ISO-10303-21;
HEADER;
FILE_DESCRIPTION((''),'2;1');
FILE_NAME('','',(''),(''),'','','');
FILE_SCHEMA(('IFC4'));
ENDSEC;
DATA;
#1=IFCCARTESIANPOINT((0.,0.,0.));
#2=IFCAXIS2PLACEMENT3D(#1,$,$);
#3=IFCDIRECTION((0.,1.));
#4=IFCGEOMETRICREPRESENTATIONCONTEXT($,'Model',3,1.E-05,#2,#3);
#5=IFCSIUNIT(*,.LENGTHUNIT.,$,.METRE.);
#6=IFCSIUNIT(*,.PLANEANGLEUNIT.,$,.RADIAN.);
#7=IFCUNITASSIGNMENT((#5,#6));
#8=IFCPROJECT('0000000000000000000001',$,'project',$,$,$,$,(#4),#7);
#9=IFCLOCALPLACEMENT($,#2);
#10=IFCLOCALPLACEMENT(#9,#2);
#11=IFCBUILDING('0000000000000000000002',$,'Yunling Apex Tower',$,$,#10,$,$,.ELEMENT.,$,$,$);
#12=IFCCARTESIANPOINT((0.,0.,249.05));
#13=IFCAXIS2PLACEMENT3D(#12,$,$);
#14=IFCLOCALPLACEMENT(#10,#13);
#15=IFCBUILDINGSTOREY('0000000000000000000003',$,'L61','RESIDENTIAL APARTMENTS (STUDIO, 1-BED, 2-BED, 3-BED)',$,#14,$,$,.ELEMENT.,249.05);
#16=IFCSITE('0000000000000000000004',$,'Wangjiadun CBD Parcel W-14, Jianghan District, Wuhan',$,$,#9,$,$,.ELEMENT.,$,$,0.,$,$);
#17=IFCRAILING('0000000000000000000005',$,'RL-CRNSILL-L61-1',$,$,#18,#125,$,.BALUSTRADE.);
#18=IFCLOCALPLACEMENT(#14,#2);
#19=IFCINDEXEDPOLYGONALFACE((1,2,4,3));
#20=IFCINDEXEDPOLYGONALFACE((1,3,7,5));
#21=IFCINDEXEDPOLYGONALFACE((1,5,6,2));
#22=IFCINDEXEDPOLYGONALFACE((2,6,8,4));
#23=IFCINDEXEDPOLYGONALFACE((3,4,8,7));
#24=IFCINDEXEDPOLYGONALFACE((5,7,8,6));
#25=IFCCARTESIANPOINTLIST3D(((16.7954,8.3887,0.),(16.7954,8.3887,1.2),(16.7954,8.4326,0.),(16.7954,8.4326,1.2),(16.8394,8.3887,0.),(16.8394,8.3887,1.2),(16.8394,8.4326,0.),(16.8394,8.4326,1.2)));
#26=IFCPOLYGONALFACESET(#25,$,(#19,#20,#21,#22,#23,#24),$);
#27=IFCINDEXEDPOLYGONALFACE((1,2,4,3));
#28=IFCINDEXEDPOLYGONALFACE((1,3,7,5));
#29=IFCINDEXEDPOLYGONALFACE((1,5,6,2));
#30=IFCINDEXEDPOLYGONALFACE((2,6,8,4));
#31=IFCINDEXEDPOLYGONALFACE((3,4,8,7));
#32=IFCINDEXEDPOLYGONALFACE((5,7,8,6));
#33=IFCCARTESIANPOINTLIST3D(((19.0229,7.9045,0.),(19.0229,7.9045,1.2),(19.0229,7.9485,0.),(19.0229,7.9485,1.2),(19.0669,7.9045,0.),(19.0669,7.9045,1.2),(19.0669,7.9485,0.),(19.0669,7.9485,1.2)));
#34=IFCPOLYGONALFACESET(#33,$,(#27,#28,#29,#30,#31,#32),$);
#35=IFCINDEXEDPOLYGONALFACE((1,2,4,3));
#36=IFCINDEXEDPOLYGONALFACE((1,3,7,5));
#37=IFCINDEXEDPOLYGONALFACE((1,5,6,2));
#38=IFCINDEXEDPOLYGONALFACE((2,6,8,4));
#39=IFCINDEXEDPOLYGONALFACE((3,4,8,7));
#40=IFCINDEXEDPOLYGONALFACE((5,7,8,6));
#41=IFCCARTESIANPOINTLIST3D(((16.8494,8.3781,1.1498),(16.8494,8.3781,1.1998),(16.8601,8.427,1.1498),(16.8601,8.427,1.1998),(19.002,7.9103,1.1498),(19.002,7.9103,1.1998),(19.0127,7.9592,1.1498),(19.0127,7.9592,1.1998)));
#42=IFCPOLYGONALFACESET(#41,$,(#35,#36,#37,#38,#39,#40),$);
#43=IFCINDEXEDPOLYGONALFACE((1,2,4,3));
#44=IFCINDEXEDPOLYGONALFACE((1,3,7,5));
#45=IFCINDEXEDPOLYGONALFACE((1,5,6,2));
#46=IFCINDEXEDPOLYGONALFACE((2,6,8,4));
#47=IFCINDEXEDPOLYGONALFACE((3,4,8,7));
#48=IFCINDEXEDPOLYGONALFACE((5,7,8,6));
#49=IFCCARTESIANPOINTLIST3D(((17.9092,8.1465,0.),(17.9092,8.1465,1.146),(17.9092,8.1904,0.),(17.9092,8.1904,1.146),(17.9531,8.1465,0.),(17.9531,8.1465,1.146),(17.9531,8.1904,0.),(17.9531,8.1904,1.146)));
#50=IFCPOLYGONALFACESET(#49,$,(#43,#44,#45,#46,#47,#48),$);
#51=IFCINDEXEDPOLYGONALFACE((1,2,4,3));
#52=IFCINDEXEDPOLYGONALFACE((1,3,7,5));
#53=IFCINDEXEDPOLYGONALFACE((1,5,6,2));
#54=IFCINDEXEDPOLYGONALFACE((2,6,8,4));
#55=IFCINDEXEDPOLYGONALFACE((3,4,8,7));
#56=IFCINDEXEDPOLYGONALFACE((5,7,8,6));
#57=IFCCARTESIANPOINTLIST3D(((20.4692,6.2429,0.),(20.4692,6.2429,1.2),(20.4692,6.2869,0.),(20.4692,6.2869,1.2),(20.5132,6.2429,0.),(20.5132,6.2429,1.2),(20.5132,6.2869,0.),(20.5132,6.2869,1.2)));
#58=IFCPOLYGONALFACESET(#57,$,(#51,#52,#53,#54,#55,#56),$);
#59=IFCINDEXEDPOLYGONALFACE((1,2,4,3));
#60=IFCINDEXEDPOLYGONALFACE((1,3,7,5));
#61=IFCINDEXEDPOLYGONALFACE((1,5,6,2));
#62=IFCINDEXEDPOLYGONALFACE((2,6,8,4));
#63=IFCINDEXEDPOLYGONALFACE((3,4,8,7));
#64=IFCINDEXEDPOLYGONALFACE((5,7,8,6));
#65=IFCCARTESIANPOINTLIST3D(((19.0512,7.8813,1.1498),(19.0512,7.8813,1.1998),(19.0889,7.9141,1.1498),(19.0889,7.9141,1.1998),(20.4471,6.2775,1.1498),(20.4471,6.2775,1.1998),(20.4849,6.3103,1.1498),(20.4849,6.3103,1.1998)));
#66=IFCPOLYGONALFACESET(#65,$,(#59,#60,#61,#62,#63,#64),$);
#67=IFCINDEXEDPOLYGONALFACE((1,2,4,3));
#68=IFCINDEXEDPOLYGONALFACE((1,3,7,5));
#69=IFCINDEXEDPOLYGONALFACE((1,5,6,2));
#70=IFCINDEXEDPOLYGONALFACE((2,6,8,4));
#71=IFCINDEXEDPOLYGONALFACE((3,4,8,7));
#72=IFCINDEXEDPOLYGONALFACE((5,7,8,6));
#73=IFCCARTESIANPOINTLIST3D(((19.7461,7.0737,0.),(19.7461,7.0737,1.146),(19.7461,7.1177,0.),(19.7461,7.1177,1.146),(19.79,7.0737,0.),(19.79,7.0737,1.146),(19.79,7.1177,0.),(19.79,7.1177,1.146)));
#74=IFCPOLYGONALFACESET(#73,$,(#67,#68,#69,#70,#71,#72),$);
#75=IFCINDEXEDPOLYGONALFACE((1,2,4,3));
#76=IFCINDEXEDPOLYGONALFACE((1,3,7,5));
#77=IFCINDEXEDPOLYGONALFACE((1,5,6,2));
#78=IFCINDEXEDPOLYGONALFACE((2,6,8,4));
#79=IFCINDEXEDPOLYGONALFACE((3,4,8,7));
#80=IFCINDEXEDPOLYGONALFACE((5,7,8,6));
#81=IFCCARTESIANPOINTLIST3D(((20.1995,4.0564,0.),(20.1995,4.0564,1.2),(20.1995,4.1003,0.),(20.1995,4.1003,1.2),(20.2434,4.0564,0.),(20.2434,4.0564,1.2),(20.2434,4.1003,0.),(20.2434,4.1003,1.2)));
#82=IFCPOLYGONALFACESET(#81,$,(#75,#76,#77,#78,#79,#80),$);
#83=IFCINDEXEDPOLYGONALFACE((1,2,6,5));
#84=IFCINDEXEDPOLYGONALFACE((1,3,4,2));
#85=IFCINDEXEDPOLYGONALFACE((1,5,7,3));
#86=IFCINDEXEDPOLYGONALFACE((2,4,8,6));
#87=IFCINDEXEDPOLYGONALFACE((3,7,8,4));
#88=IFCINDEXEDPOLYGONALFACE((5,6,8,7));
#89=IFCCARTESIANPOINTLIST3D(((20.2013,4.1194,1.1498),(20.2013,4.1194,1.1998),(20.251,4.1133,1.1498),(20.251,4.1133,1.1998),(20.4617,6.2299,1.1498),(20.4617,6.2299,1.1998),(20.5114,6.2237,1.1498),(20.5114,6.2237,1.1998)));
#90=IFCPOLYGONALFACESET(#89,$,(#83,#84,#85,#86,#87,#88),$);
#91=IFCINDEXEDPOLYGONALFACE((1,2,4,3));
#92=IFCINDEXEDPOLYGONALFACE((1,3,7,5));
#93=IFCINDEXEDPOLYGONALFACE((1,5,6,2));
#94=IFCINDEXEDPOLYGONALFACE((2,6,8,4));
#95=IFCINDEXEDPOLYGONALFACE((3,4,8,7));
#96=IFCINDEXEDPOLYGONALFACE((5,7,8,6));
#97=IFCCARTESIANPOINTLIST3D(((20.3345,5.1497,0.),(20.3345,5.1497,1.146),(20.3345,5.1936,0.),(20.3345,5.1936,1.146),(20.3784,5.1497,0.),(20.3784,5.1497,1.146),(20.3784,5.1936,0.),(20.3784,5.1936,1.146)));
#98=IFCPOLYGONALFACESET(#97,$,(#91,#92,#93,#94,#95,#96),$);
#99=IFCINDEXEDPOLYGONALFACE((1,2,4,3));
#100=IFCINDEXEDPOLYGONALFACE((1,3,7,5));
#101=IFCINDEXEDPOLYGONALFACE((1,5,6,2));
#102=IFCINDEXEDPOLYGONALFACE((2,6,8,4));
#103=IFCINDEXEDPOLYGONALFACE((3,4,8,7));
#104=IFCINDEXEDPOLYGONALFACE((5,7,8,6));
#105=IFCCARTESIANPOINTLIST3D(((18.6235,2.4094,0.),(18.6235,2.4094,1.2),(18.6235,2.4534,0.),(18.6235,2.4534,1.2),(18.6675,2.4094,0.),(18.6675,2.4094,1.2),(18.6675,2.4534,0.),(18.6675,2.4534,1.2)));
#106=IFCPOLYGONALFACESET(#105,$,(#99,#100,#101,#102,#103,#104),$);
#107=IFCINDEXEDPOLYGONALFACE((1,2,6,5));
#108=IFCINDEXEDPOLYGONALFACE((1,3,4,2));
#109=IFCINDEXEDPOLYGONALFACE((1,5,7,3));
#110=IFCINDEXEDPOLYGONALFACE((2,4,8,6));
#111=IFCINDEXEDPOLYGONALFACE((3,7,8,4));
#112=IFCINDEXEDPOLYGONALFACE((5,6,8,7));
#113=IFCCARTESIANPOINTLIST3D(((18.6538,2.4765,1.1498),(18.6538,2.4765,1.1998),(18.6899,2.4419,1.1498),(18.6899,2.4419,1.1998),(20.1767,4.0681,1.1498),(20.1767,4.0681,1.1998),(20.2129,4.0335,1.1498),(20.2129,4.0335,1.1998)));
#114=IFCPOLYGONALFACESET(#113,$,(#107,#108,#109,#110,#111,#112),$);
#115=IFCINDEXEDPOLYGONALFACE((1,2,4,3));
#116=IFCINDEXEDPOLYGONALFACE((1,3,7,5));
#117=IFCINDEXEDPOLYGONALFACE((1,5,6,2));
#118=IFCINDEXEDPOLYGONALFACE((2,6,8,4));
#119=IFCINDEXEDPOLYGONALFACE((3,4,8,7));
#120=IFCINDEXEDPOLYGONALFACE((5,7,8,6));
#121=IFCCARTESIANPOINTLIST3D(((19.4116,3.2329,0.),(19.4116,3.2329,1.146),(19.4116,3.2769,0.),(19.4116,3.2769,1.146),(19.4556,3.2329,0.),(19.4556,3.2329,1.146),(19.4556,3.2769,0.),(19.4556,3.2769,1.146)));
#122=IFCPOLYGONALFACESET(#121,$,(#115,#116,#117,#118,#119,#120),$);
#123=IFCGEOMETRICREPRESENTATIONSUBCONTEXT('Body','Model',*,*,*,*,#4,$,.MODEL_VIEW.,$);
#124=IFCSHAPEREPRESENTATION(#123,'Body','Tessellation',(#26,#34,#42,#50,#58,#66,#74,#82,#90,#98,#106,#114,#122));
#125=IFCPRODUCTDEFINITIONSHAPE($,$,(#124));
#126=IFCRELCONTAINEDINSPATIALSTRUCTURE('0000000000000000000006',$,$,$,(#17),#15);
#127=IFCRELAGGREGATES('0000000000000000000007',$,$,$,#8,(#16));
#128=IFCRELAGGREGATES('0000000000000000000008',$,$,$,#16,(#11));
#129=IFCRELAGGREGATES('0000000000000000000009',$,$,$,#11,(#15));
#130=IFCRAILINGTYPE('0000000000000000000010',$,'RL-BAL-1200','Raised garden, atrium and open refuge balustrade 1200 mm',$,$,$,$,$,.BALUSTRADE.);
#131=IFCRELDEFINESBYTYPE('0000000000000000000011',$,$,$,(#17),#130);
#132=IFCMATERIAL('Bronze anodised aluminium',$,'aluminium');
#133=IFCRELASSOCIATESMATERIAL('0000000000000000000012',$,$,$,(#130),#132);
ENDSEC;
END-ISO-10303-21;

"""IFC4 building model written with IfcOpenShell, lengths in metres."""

from ifc_helpers import new_model, si_unit, direction, frame, origin, origin_2d, place, context, subcontext, project, spatial, rectangle, extrude, material, type_object, element, save


model = new_model("IFC4")

# Units and contexts
model_context = context("Model", 3, precision=1e-05, world=origin(), true_north=direction((0.0, 1.0)))
body_context = subcontext(model_context, "Body", "Model", "MODEL_VIEW")
ifc_project = project(units=[si_unit("LENGTHUNIT", "METRE"), si_unit("PLANEANGLEUNIT", "RADIAN")], contexts=[model_context])

# Site, building, storey
site_placement = place(None, origin())
site = spatial("IfcSite", under=ifc_project, at=site_placement, Name="Wangjiadun CBD Parcel W-14, Jianghan District, Wuhan", CompositionType="ELEMENT", RefElevation=0.0)
building_placement = place(site_placement, origin())
building = spatial("IfcBuilding", under=site, at=building_placement, Name="Yunling Apex Tower", CompositionType="ELEMENT")
storey_placement = place(building_placement, frame((0.0, 0.0, 249.05)))
storey = spatial("IfcBuildingStorey", under=building, at=storey_placement, Name="L61", Description="RESIDENTIAL APARTMENTS (STUDIO, 1-BED, 2-BED, 3-BED)", CompositionType="ELEMENT", Elevation=249.05)

# Shared definitions
ifc_material_1 = material(Name="Bronze anodised aluminium", Category="aluminium")

# Railing
railing_type = type_object("IfcRailingType", Name="RL-BAL-1200", Description="Raised garden, atrium and open refuge balustrade 1200 mm", PredefinedType="BALUSTRADE", material=ifc_material_1)
railing_1_placement = place(storey_placement, frame((16.8174, 8.4106, 0.0)))
element("IfcRailing", 1, at=railing_1_placement, inside=storey, type_object=railing_type, Name="RL-CRNSILL-L61-1", PredefinedType="BALUSTRADE", context=body_context, shape_type="SweptSolid", body=[
    extrude(rectangle(XDim=0.0439, YDim=0.0439, at=origin_2d()), origin(), (0.0, 0.0, 1.0), 1.2),
    extrude(rectangle(XDim=0.0439, YDim=0.0439, at=origin_2d()), frame((2.2275, -0.4841, 0.0)), (0.0, 0.0, 1.0), 1.2),
    extrude(rectangle(XDim=0.05, YDim=0.05, at=origin_2d()), frame((0.0374, -0.0081, 1.1748), z_axis=(0.977187, -0.212381, 0.0), x_axis=(0.212381, 0.977187, 0.0)), (0.0, 0.0, 1.0), 2.2029),
    extrude(rectangle(XDim=0.0439, YDim=0.0439, at=origin_2d()), frame((1.1138, -0.2422, 0.0)), (0.0, 0.0, 1.0), 1.146),
    extrude(rectangle(XDim=0.0439, YDim=0.0439, at=origin_2d()), frame((3.6738, -2.1458, 0.0)), (0.0, 0.0, 1.0), 1.2),
    extrude(rectangle(XDim=0.05, YDim=0.05, at=origin_2d()), frame((2.2527, -0.5129, 1.1748), z_axis=(0.656541, -0.75429, 0.0), x_axis=(0.75429, 0.656541, 0.0)), (0.0, 0.0, 1.0), 2.1262),
    extrude(rectangle(XDim=0.0439, YDim=0.0439, at=origin_2d()), frame((2.9507, -1.3149, 0.0)), (0.0, 0.0, 1.0), 1.146),
    extrude(rectangle(XDim=0.0439, YDim=0.0439, at=origin_2d()), frame((3.4041, -4.3323, 0.0)), (0.0, 0.0, 1.0), 1.2),
    extrude(rectangle(XDim=0.05, YDim=0.05, at=origin_2d()), frame((3.6692, -2.1838, 1.1748), z_axis=(-0.122452, -0.992474, 0.0), x_axis=(0.992474, -0.122452, 0.0)), (0.0, 0.0, 1.0), 2.1265),
    extrude(rectangle(XDim=0.0439, YDim=0.0439, at=origin_2d()), frame((3.5391, -3.239, 0.0)), (0.0, 0.0, 1.0), 1.146),
    extrude(rectangle(XDim=0.0439, YDim=0.0439, at=origin_2d()), frame((1.8281, -5.9792, 0.0)), (0.0, 0.0, 1.0), 1.2),
    extrude(rectangle(XDim=0.05, YDim=0.05, at=origin_2d()), frame((3.3774, -4.3599, 1.1748), z_axis=(-0.691352, -0.722519, 0.0), x_axis=(0.722519, -0.691352, 0.0)), (0.0, 0.0, 1.0), 2.2029),
    extrude(rectangle(XDim=0.0439, YDim=0.0439, at=origin_2d()), frame((2.6162, -5.1558, 0.0)), (0.0, 0.0, 1.0), 1.146),
])

save(model, "model.ifc")
